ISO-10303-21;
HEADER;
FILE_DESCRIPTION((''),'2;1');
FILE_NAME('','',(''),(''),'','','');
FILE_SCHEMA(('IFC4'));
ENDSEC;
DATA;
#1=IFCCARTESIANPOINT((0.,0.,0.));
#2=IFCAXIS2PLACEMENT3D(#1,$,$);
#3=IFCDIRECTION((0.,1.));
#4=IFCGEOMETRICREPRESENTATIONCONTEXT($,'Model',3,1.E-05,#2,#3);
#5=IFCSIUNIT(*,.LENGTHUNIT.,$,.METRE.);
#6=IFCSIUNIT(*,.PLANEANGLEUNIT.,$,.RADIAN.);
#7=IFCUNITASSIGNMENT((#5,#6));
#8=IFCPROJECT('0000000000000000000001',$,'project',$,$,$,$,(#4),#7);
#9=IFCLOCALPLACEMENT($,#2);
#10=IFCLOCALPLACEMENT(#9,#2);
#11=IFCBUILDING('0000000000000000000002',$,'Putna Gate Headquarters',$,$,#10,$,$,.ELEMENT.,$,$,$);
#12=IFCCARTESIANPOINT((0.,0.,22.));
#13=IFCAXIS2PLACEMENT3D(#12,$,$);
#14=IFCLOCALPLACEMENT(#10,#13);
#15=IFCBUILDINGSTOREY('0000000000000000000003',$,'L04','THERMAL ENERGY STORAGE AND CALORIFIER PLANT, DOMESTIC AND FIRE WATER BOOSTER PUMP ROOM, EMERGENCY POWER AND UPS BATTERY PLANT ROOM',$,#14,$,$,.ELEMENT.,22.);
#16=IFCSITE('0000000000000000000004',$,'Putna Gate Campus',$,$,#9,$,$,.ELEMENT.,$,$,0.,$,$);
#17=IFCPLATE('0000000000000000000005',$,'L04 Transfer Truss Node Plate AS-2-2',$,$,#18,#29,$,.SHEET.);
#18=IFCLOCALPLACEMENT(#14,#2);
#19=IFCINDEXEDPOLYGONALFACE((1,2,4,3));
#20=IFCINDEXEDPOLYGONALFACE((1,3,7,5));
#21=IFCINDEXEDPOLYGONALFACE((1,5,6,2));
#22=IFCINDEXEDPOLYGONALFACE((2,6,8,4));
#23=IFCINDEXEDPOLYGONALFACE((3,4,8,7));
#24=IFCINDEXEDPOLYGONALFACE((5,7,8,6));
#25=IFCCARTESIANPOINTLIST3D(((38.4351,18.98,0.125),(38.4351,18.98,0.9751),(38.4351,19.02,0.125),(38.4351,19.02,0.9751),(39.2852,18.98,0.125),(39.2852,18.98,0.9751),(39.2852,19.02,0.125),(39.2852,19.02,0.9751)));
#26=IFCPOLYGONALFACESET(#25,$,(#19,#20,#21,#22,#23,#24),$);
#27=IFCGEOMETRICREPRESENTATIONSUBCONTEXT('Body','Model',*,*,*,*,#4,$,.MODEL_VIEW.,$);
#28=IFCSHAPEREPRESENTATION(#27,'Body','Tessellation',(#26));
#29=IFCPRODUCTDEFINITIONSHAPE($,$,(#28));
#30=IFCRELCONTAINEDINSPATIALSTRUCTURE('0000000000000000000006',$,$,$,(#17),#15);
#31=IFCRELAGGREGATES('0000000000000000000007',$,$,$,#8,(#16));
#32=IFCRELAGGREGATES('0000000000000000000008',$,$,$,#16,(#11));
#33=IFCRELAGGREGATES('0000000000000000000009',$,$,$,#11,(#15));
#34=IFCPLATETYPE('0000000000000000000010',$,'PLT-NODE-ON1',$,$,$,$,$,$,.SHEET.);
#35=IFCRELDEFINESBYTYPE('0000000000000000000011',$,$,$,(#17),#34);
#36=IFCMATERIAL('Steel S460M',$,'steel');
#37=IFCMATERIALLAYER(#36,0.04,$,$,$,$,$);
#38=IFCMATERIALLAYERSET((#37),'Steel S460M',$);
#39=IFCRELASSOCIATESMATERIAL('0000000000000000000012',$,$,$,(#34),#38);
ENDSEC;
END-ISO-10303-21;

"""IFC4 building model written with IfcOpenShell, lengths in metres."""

from ifc_helpers import new_model, si_unit, direction, frame, origin, origin_2d, place, context, subcontext, project, spatial, rectangle, extrude, material, layer, layer_set, type_object, element, save


model = new_model("IFC4")

# Units and contexts
model_context = context("Model", 3, precision=1e-05, world=origin(), true_north=direction((0.0, 1.0)))
body_context = subcontext(model_context, "Body", "Model", "MODEL_VIEW")
ifc_project = project(units=[si_unit("LENGTHUNIT", "METRE"), si_unit("PLANEANGLEUNIT", "RADIAN")], contexts=[model_context])

# Site, building, storey
site_placement = place(None, origin())
site = spatial("IfcSite", under=ifc_project, at=site_placement, Name="Putna Gate Campus", CompositionType="ELEMENT", RefElevation=0.0)
building_placement = place(site_placement, origin())
building = spatial("IfcBuilding", under=site, at=building_placement, Name="Putna Gate Headquarters", CompositionType="ELEMENT")
storey_placement = place(building_placement, frame((0.0, 0.0, 22.0)))
storey = spatial("IfcBuildingStorey", under=building, at=storey_placement, Name="L04", Description="THERMAL ENERGY STORAGE AND CALORIFIER PLANT, DOMESTIC AND FIRE WATER BOOSTER PUMP ROOM, EMERGENCY POWER AND UPS BATTERY PLANT ROOM", CompositionType="ELEMENT", Elevation=22.0)

# Shared definitions
ifc_material_1 = material(Name="Steel S460M", Category="steel")

# Plate
ifc_layer_1 = layer(ifc_material_1, 0.04)
ifc_layer_set_1 = layer_set([ifc_layer_1], Name="Steel S460M")
plate_type_1 = type_object("IfcPlateType", Name="PLT-NODE-ON1", PredefinedType="SHEET", material=ifc_layer_set_1)
for number, where, z_axis, x_axis, name in (
    (1, (38.8601, 19.0, 0.125), (0.0, 0.0, 1.0), (1.0, 0.0, 0.0), "L04 Transfer Truss Node Plate AS-2-2"),
):
    element("IfcPlate", number, at=place(storey_placement, frame(where, z_axis=z_axis, x_axis=x_axis)), inside=storey, type_object=plate_type_1, Name=name, PredefinedType="SHEET", context=body_context, shape_type="SweptSolid", body=[
        extrude(rectangle(XDim=0.8501, YDim=0.04, at=origin_2d()), origin(), (0.0, 0.0, 1.0), 0.8501),
    ])

save(model, "model.ifc")
